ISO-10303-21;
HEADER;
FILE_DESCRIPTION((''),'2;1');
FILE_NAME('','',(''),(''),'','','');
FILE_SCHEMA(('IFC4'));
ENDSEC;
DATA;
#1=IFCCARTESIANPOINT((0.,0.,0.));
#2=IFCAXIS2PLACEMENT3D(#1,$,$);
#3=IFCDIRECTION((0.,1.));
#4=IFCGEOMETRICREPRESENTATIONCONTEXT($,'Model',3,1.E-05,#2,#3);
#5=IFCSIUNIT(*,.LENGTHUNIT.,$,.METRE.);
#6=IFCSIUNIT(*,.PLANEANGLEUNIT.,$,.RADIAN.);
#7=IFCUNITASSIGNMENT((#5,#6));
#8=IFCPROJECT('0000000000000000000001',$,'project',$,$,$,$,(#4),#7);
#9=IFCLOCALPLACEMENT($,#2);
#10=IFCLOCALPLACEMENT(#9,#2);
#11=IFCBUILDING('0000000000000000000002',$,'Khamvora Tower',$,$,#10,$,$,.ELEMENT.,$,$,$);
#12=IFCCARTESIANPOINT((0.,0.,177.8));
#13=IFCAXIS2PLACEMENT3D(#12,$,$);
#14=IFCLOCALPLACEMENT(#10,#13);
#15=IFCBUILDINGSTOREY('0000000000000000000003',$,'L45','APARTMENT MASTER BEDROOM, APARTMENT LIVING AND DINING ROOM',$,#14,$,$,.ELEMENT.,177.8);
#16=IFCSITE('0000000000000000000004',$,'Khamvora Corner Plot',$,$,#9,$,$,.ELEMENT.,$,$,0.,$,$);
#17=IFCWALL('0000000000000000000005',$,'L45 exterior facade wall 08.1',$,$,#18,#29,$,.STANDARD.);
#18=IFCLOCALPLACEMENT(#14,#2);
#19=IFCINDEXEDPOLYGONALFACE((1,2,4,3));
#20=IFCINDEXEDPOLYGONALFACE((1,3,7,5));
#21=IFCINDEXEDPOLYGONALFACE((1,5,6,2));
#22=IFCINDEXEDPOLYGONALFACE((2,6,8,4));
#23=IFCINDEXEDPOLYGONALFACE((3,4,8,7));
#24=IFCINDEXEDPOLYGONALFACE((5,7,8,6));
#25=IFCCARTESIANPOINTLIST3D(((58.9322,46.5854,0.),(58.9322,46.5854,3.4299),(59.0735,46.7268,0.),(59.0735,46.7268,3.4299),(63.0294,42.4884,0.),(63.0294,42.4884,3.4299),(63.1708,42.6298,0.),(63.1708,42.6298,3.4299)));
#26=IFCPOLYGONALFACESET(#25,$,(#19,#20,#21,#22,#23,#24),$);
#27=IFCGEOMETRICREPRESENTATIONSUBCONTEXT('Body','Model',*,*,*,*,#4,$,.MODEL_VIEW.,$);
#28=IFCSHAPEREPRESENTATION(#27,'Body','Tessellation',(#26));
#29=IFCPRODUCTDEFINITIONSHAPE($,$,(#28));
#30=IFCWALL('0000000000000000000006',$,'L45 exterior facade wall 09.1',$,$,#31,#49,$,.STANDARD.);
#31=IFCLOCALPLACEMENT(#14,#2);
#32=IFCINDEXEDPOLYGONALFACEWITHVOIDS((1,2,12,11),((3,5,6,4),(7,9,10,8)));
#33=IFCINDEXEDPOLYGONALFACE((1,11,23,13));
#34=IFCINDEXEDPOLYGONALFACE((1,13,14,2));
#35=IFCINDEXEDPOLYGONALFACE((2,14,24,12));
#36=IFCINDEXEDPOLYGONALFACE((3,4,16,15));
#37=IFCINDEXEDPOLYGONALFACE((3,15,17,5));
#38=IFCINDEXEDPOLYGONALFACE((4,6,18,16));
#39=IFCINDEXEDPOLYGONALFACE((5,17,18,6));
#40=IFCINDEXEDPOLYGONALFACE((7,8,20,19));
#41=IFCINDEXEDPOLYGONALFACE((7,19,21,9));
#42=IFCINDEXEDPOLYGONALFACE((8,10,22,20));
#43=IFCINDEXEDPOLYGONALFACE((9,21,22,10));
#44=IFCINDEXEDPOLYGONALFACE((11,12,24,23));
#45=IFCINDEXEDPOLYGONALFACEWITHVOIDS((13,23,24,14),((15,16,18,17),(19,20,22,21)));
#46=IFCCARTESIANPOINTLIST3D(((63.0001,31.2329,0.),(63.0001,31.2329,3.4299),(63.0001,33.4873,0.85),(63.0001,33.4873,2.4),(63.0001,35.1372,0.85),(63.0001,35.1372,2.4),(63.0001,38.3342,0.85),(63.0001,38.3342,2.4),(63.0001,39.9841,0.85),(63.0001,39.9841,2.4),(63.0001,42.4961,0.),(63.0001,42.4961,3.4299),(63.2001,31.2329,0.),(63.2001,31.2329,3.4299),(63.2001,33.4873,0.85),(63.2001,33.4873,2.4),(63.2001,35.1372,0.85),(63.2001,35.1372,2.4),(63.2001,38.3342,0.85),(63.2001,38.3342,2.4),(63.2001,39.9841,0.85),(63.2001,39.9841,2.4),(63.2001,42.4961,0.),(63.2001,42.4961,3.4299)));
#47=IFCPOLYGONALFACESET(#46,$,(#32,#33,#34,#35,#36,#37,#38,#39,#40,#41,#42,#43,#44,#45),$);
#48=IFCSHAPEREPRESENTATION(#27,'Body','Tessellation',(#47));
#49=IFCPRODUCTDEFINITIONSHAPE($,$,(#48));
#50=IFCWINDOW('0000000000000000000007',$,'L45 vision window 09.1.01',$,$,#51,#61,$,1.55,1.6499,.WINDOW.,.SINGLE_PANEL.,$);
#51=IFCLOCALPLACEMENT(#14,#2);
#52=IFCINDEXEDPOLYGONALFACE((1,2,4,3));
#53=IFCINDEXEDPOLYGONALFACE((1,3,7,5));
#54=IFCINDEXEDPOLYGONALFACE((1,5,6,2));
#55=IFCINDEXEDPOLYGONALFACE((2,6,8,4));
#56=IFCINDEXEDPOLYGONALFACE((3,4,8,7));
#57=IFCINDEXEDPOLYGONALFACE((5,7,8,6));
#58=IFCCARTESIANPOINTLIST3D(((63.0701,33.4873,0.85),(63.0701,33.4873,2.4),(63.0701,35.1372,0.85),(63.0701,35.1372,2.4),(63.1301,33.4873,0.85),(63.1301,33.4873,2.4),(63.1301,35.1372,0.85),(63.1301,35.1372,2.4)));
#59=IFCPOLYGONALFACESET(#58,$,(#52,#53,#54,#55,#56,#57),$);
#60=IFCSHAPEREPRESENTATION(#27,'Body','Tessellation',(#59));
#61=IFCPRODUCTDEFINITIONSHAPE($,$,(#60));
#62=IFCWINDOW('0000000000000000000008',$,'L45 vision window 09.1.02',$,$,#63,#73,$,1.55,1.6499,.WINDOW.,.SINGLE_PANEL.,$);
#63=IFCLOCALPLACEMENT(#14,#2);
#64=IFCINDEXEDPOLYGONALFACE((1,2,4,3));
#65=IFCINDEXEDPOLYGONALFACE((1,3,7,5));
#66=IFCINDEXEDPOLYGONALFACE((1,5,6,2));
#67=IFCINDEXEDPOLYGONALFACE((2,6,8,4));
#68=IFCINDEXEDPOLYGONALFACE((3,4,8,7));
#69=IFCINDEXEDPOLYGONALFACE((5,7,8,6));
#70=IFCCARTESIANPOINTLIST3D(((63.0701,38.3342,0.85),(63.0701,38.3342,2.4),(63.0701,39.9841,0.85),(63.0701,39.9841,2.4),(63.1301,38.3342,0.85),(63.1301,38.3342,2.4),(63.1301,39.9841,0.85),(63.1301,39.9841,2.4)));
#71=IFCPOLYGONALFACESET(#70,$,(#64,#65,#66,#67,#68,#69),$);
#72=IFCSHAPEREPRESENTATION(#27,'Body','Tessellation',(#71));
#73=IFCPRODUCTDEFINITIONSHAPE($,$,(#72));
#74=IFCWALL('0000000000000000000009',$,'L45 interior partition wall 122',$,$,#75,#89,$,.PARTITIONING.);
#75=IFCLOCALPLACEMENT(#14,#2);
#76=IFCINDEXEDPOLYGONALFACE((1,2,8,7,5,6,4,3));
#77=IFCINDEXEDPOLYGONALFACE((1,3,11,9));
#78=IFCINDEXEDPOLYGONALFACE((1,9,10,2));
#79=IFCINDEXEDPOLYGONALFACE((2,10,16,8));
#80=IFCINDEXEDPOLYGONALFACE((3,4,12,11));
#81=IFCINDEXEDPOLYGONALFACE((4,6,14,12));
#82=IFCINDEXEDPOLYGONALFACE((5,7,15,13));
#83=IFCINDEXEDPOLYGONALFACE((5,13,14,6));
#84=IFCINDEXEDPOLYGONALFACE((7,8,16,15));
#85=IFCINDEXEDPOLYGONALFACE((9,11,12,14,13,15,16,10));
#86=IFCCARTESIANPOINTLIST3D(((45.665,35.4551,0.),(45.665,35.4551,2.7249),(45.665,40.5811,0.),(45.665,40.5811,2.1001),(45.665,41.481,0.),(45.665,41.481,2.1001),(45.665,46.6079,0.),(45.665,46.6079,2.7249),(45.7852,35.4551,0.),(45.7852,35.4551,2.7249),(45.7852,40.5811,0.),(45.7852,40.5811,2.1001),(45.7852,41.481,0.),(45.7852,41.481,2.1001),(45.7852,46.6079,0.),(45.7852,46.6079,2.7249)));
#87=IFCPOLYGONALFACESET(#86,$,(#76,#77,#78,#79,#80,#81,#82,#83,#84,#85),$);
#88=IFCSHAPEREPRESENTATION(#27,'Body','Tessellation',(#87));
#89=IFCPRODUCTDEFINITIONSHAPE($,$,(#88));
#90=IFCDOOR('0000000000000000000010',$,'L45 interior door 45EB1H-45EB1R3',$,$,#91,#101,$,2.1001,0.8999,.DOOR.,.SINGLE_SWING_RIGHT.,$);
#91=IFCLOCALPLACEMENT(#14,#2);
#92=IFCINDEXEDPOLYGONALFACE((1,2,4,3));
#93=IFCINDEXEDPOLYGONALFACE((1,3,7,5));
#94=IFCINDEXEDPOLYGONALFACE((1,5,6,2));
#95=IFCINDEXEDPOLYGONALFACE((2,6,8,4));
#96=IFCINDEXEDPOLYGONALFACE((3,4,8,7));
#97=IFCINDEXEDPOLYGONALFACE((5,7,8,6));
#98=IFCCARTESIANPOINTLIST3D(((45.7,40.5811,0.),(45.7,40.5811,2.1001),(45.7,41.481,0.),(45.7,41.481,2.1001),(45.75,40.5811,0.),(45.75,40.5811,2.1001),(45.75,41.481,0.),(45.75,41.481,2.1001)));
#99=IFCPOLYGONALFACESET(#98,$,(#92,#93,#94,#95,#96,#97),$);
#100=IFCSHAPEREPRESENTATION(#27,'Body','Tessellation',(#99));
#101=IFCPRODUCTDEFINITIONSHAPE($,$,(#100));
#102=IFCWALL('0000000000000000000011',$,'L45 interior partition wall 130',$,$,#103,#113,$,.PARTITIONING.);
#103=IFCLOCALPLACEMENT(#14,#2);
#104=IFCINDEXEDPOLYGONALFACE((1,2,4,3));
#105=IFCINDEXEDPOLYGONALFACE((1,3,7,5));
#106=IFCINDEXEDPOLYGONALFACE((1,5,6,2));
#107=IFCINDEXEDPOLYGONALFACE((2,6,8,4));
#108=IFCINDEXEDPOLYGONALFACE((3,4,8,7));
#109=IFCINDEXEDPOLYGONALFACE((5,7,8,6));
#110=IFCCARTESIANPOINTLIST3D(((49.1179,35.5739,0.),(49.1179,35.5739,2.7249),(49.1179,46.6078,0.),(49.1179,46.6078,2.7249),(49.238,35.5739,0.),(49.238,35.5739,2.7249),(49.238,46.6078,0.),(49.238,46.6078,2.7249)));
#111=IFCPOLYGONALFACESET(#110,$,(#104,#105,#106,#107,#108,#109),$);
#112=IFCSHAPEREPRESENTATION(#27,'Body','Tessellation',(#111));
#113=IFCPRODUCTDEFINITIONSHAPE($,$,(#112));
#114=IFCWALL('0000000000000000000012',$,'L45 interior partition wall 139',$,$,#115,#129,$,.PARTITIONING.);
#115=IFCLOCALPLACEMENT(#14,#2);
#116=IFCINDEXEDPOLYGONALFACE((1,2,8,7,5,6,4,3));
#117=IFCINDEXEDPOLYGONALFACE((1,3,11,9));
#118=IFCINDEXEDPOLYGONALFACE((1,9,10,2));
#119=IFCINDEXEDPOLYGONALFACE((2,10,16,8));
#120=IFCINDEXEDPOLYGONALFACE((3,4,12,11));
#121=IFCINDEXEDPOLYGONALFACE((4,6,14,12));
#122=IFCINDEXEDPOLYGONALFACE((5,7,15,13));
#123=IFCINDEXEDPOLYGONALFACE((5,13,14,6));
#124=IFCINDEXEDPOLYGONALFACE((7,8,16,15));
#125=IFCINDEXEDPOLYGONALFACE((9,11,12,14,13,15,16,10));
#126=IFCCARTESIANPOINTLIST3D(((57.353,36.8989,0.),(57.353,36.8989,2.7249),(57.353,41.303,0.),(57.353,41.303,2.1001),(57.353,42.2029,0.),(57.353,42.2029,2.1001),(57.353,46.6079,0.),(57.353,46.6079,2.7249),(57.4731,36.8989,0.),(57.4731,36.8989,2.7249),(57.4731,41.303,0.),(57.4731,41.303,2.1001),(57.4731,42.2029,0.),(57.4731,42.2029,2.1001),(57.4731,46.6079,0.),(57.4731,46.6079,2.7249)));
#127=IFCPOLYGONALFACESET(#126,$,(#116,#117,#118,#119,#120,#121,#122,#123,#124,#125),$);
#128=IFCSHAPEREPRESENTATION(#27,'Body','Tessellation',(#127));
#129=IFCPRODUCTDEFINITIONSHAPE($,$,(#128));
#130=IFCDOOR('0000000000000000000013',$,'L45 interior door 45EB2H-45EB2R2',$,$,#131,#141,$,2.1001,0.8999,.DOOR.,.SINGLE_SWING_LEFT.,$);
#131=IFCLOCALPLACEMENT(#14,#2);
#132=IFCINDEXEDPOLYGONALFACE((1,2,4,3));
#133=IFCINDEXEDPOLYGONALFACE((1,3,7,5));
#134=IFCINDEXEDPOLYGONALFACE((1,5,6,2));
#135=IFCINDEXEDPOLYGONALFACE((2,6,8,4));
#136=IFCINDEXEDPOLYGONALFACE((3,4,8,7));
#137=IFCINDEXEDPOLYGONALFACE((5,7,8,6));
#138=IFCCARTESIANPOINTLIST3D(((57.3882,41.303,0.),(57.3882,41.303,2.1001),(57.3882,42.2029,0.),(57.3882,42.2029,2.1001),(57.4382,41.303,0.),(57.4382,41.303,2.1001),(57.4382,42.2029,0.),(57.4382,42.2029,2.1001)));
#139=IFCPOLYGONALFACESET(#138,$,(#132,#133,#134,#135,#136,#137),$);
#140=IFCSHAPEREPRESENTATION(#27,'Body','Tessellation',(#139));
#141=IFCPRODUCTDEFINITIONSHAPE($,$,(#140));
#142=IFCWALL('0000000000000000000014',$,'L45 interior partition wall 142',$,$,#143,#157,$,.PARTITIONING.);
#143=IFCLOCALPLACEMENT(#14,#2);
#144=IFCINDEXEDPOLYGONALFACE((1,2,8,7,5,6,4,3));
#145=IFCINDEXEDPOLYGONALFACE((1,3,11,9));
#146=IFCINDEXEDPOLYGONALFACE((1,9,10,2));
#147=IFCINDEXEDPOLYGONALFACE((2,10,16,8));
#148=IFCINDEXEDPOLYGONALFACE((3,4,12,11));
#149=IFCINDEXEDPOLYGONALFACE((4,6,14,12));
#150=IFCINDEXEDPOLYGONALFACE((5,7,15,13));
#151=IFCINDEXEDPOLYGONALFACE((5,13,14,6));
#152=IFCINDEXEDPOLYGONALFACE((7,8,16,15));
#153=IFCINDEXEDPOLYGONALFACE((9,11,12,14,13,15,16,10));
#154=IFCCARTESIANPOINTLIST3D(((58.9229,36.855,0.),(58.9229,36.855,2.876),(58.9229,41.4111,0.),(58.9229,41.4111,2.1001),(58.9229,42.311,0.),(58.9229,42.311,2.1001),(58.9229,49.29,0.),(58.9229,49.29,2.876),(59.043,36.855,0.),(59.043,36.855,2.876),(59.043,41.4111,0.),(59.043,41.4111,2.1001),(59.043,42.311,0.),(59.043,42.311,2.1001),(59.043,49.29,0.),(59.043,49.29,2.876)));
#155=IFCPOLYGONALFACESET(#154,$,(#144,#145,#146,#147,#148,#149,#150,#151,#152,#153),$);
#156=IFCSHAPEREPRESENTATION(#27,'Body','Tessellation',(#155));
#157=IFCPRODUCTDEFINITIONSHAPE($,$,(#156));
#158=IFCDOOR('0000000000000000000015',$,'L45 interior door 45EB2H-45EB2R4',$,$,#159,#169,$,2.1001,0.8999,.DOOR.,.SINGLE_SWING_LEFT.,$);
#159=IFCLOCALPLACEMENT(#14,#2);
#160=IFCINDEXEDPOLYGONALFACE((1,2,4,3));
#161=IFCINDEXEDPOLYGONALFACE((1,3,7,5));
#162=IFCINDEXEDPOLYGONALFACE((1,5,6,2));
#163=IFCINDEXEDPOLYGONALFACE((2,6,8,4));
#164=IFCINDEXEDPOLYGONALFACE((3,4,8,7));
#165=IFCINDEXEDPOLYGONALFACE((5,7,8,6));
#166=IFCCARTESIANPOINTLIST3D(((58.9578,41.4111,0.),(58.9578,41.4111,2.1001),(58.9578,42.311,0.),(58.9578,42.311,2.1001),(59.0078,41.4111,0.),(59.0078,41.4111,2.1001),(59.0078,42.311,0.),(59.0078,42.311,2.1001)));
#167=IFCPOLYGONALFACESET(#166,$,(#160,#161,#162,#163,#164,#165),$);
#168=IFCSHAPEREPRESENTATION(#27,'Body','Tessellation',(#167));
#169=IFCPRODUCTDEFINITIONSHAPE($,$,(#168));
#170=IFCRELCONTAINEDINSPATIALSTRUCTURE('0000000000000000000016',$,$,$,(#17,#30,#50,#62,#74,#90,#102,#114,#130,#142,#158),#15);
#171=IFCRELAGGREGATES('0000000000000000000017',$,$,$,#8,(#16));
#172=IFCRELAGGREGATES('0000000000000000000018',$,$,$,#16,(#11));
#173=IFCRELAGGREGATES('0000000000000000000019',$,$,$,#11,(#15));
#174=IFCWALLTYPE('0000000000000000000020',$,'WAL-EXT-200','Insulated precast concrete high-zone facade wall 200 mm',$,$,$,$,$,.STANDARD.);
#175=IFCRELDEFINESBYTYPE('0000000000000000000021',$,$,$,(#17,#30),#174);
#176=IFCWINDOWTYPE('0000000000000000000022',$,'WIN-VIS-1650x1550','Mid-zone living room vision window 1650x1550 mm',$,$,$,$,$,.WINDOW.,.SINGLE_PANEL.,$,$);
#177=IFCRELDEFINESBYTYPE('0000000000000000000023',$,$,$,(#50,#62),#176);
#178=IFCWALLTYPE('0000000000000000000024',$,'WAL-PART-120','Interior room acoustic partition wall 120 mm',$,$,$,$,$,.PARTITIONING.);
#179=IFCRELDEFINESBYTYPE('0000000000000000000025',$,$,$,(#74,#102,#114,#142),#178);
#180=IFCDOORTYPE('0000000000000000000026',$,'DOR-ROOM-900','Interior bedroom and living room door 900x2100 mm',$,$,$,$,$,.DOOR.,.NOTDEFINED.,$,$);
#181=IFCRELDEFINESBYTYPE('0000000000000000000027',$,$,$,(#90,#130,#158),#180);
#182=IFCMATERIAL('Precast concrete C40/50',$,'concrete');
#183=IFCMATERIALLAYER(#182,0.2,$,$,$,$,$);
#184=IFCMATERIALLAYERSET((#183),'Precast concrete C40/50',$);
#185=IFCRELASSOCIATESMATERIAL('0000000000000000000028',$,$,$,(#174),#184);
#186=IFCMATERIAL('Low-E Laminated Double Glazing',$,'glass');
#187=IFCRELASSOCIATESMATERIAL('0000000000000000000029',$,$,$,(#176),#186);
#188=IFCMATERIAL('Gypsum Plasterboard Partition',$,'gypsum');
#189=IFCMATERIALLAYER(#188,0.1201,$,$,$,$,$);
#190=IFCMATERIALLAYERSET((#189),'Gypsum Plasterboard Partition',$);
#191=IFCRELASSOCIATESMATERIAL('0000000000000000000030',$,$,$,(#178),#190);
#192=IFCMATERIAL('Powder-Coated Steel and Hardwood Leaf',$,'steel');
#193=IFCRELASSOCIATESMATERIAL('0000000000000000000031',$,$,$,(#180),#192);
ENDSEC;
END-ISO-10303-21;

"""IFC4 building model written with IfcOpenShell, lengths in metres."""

from ifc_helpers import new_model, si_unit, direction, frame, frame_2d, origin, place, context, subcontext, project, spatial, rectangle, extrude, material, layer, layer_set, type_object, element, fill, save


model = new_model("IFC4")

# Units and contexts
model_context = context("Model", 3, precision=1e-05, world=origin(), true_north=direction((0.0, 1.0)))
body_context = subcontext(model_context, "Body", "Model", "MODEL_VIEW")
ifc_project = project(units=[si_unit("LENGTHUNIT", "METRE"), si_unit("PLANEANGLEUNIT", "RADIAN")], contexts=[model_context])

# Site, building, storey
site_placement = place(None, origin())
site = spatial("IfcSite", under=ifc_project, at=site_placement, Name="Khamvora Corner Plot", CompositionType="ELEMENT", RefElevation=0.0)
building_placement = place(site_placement, origin())
building = spatial("IfcBuilding", under=site, at=building_placement, Name="Khamvora Tower", CompositionType="ELEMENT")
storey_placement = place(building_placement, frame((0.0, 0.0, 177.8)))
storey = spatial("IfcBuildingStorey", under=building, at=storey_placement, Name="L45", Description="APARTMENT MASTER BEDROOM, APARTMENT LIVING AND DINING ROOM", CompositionType="ELEMENT", Elevation=177.8)

# Wall
ifc_material_1 = material(Name="Precast concrete C40/50", Category="concrete")
ifc_layer_1 = layer(ifc_material_1, 0.2)
ifc_layer_set_1 = layer_set([ifc_layer_1], Name="Precast concrete C40/50")
wall_type_1 = type_object("IfcWallType", Name="WAL-EXT-200", Description="Insulated precast concrete high-zone facade wall 200 mm", PredefinedType="STANDARD", material=ifc_layer_set_1)
wall_1_placement = place(storey_placement, frame((59.0029, 46.656, 0.0), z_axis=(0.0, 0.0, 1.0), x_axis=(0.707128, -0.707086, 0.0)))
element("IfcWall", 1, at=wall_1_placement, inside=storey, type_object=wall_type_1, Name="L45 exterior facade wall 08.1", PredefinedType="STANDARD", context=body_context, shape_type="SweptSolid", body=[
    extrude(rectangle(XDim=5.7942, YDim=0.2, at=frame_2d((2.897, 0.0))), origin(), (0.0, 0.0, 1.0), 3.4299),
])

# Wall, openings, windows
wall_2_placement = place(storey_placement, frame((63.1001, 42.4961, 0.0), z_axis=(0.0, 0.0, 1.0), x_axis=(0.0, -1.0, 0.0)))
wall_2 = element("IfcWall", 2, at=wall_2_placement, inside=storey, type_object=wall_type_1, Name="L45 exterior facade wall 09.1", PredefinedType="STANDARD", context=body_context, shape_type="SweptSolid", body=[
    extrude(rectangle(XDim=11.2632, YDim=0.2, at=frame_2d((5.6316, 0.0))), origin(), (0.0, 0.0, 1.0), 3.4299),
])
opening_1_placement = place(wall_2_placement, frame((7.3589, 0.0, 0.8501)))
opening_1 = element("IfcOpeningElement", 3, at=opening_1_placement, cuts=wall_2, PredefinedType="OPENING", context=body_context, shape_type="SweptSolid", body=[
    extrude(rectangle(XDim=1.6499, YDim=1.55, at=frame_2d((0.825, 0.7749))), frame((0.0, 0.1099, 0.0), z_axis=(0.0, -1.0, 0.0), x_axis=(1.0, 0.0, 0.0)), (0.0, 0.0, 1.0), 0.22),
])
opening_2_placement = place(wall_2_placement, frame((2.512, 0.0, 0.8501)))
opening_2 = element("IfcOpeningElement", 4, at=opening_2_placement, cuts=wall_2, PredefinedType="OPENING", context=body_context, shape_type="SweptSolid", body=[
    extrude(rectangle(XDim=1.6499, YDim=1.55, at=frame_2d((0.825, 0.7749))), frame((0.0, 0.1099, 0.0), z_axis=(0.0, -1.0, 0.0), x_axis=(1.0, 0.0, 0.0)), (0.0, 0.0, 1.0), 0.22),
])
ifc_material_2 = material(Name="Low-E Laminated Double Glazing", Category="glass")
window_type = type_object("IfcWindowType", Name="WIN-VIS-1650x1550", Description="Mid-zone living room vision window 1650x1550 mm", PartitioningType="SINGLE_PANEL", PredefinedType="WINDOW", material=ifc_material_2)
window_1_placement = place(opening_1_placement, origin())
window_1 = element("IfcWindow", 5, at=window_1_placement, inside=storey, type_object=window_type, Name="L45 vision window 09.1.01", OverallHeight=1.55, OverallWidth=1.6499, PartitioningType="SINGLE_PANEL", PredefinedType="WINDOW", context=body_context, shape_type="SweptSolid", body=[
    extrude(rectangle(XDim=1.6499, YDim=1.55, at=frame_2d((0.825, 0.7749))), frame((0.0, 0.03, 0.0), z_axis=(0.0, -1.0, 0.0), x_axis=(1.0, 0.0, 0.0)), (0.0, 0.0, 1.0), 0.0601),
])
fill(opening_1, window_1)
window_2_placement = place(opening_2_placement, origin())
window_2 = element("IfcWindow", 6, at=window_2_placement, inside=storey, type_object=window_type, Name="L45 vision window 09.1.02", OverallHeight=1.55, OverallWidth=1.6499, PartitioningType="SINGLE_PANEL", PredefinedType="WINDOW", context=body_context, shape_type="SweptSolid", body=[
    extrude(rectangle(XDim=1.6499, YDim=1.55, at=frame_2d((0.825, 0.7749))), frame((0.0, 0.03, 0.0), z_axis=(0.0, -1.0, 0.0), x_axis=(1.0, 0.0, 0.0)), (0.0, 0.0, 1.0), 0.0601),
])
fill(opening_2, window_2)

# Wall, opening, door
ifc_material_3 = material(Name="Gypsum Plasterboard Partition", Category="gypsum")
ifc_layer_2 = layer(ifc_material_3, 0.1201)
ifc_layer_set_2 = layer_set([ifc_layer_2], Name="Gypsum Plasterboard Partition")
wall_type_2 = type_object("IfcWallType", Name="WAL-PART-120", Description="Interior room acoustic partition wall 120 mm", PredefinedType="PARTITIONING", material=ifc_layer_set_2)
wall_3_placement = place(storey_placement, frame((45.7251, 46.6079, 0.0), z_axis=(0.0, 0.0, 1.0), x_axis=(0.0, -1.0, 0.0)))
wall_3 = element("IfcWall", 7, at=wall_3_placement, inside=storey, type_object=wall_type_2, Name="L45 interior partition wall 122", PredefinedType="PARTITIONING", context=body_context, shape_type="SweptSolid", body=[
    extrude(rectangle(XDim=11.1528, YDim=0.1201, at=frame_2d((5.5764, 0.0))), origin(), (0.0, 0.0, 1.0), 2.7249),
])
opening_3_placement = place(wall_3_placement, frame((5.127, 0.0, 0.0)))
opening_3 = element("IfcOpeningElement", 8, at=opening_3_placement, cuts=wall_3, PredefinedType="OPENING", context=body_context, shape_type="SweptSolid", body=[
    extrude(rectangle(XDim=0.8999, YDim=2.1001, at=frame_2d((0.45, 1.05))), frame((0.0, 0.0701, 0.0), z_axis=(0.0, -1.0, 0.0), x_axis=(1.0, 0.0, 0.0)), (0.0, 0.0, 1.0), 0.1401),
])
ifc_material_4 = material(Name="Powder-Coated Steel and Hardwood Leaf", Category="steel")
door_type = type_object("IfcDoorType", Name="DOR-ROOM-900", Description="Interior bedroom and living room door 900x2100 mm", OperationType="NOTDEFINED", PredefinedType="DOOR", material=ifc_material_4)
door_1_placement = place(opening_3_placement, origin())
door_1 = element("IfcDoor", 9, at=door_1_placement, inside=storey, type_object=door_type, Name="L45 interior door 45EB1H-45EB1R3", OperationType="SINGLE_SWING_RIGHT", OverallHeight=2.1001, OverallWidth=0.8999, PredefinedType="DOOR", context=body_context, shape_type="SweptSolid", body=[
    extrude(rectangle(XDim=0.8999, YDim=2.1001, at=frame_2d((0.45, 1.05))), frame((0.0, 0.0249, 0.0), z_axis=(0.0, -1.0, 0.0), x_axis=(1.0, 0.0, 0.0)), (0.0, 0.0, 1.0), 0.05),
])
fill(opening_3, door_1)

# Wall
wall_4_placement = place(storey_placement, frame((49.178, 46.6079, 0.0), z_axis=(0.0, 0.0, 1.0), x_axis=(0.0, -1.0, 0.0)))
element("IfcWall", 10, at=wall_4_placement, inside=storey, type_object=wall_type_2, Name="L45 interior partition wall 130", PredefinedType="PARTITIONING", context=body_context, shape_type="SweptSolid", body=[
    extrude(rectangle(XDim=11.0339, YDim=0.1201, at=frame_2d((5.5171, 0.0))), origin(), (0.0, 0.0, 1.0), 2.7249),
])

# Walls, openings, doors
wall_5_placement = place(storey_placement, frame((57.4131, 36.8989, 0.0), z_axis=(0.0, 0.0, 1.0), x_axis=(0.0, 1.0, 0.0)))
wall_5 = element("IfcWall", 11, at=wall_5_placement, inside=storey, type_object=wall_type_2, Name="L45 interior partition wall 139", PredefinedType="PARTITIONING", context=body_context, shape_type="SweptSolid", body=[
    extrude(rectangle(XDim=9.709, YDim=0.1201, at=frame_2d((4.8545, 0.0))), origin(), (0.0, 0.0, 1.0), 2.7249),
])
opening_4_placement = place(wall_5_placement, frame((4.4041, 0.0, 0.0)))
opening_4 = element("IfcOpeningElement", 12, at=opening_4_placement, cuts=wall_5, PredefinedType="OPENING", context=body_context, shape_type="SweptSolid", body=[
    extrude(rectangle(XDim=0.8999, YDim=2.1001, at=frame_2d((0.45, 1.05))), frame((0.0, 0.0701, 0.0), z_axis=(0.0, -1.0, 0.0), x_axis=(1.0, 0.0, 0.0)), (0.0, 0.0, 1.0), 0.1401),
])
door_2_placement = place(opening_4_placement, origin())
door_2 = element("IfcDoor", 13, at=door_2_placement, inside=storey, type_object=door_type, Name="L45 interior door 45EB2H-45EB2R2", OperationType="SINGLE_SWING_LEFT", OverallHeight=2.1001, OverallWidth=0.8999, PredefinedType="DOOR", context=body_context, shape_type="SweptSolid", body=[
    extrude(rectangle(XDim=0.8999, YDim=2.1001, at=frame_2d((0.45, 1.05))), frame((0.0, 0.0249, 0.0), z_axis=(0.0, -1.0, 0.0), x_axis=(1.0, 0.0, 0.0)), (0.0, 0.0, 1.0), 0.05),
])
fill(opening_4, door_2)
wall_6_placement = place(storey_placement, frame((58.9829, 49.29, 0.0), z_axis=(0.0, 0.0, 1.0), x_axis=(0.0, -1.0, 0.0)))
wall_6 = element("IfcWall", 14, at=wall_6_placement, inside=storey, type_object=wall_type_2, Name="L45 interior partition wall 142", PredefinedType="PARTITIONING", context=body_context, shape_type="SweptSolid", body=[
    extrude(rectangle(XDim=12.4351, YDim=0.1201, at=frame_2d((6.2175, 0.0))), origin(), (0.0, 0.0, 1.0), 2.876),
])
opening_5_placement = place(wall_6_placement, frame((6.979, 0.0, 0.0)))
opening_5 = element("IfcOpeningElement", 15, at=opening_5_placement, cuts=wall_6, PredefinedType="OPENING", context=body_context, shape_type="SweptSolid", body=[
    extrude(rectangle(XDim=0.8999, YDim=2.1001, at=frame_2d((0.45, 1.05))), frame((0.0, 0.0701, 0.0), z_axis=(0.0, -1.0, 0.0), x_axis=(1.0, 0.0, 0.0)), (0.0, 0.0, 1.0), 0.1401),
])
door_3_placement = place(opening_5_placement, origin())
door_3 = element("IfcDoor", 16, at=door_3_placement, inside=storey, type_object=door_type, Name="L45 interior door 45EB2H-45EB2R4", OperationType="SINGLE_SWING_LEFT", OverallHeight=2.1001, OverallWidth=0.8999, PredefinedType="DOOR", context=body_context, shape_type="SweptSolid", body=[
    extrude(rectangle(XDim=0.8999, YDim=2.1001, at=frame_2d((0.45, 1.05))), frame((0.0, 0.0249, 0.0), z_axis=(0.0, -1.0, 0.0), x_axis=(1.0, 0.0, 0.0)), (0.0, 0.0, 1.0), 0.05),
])
fill(opening_5, door_3)

save(model, "model.ifc")
